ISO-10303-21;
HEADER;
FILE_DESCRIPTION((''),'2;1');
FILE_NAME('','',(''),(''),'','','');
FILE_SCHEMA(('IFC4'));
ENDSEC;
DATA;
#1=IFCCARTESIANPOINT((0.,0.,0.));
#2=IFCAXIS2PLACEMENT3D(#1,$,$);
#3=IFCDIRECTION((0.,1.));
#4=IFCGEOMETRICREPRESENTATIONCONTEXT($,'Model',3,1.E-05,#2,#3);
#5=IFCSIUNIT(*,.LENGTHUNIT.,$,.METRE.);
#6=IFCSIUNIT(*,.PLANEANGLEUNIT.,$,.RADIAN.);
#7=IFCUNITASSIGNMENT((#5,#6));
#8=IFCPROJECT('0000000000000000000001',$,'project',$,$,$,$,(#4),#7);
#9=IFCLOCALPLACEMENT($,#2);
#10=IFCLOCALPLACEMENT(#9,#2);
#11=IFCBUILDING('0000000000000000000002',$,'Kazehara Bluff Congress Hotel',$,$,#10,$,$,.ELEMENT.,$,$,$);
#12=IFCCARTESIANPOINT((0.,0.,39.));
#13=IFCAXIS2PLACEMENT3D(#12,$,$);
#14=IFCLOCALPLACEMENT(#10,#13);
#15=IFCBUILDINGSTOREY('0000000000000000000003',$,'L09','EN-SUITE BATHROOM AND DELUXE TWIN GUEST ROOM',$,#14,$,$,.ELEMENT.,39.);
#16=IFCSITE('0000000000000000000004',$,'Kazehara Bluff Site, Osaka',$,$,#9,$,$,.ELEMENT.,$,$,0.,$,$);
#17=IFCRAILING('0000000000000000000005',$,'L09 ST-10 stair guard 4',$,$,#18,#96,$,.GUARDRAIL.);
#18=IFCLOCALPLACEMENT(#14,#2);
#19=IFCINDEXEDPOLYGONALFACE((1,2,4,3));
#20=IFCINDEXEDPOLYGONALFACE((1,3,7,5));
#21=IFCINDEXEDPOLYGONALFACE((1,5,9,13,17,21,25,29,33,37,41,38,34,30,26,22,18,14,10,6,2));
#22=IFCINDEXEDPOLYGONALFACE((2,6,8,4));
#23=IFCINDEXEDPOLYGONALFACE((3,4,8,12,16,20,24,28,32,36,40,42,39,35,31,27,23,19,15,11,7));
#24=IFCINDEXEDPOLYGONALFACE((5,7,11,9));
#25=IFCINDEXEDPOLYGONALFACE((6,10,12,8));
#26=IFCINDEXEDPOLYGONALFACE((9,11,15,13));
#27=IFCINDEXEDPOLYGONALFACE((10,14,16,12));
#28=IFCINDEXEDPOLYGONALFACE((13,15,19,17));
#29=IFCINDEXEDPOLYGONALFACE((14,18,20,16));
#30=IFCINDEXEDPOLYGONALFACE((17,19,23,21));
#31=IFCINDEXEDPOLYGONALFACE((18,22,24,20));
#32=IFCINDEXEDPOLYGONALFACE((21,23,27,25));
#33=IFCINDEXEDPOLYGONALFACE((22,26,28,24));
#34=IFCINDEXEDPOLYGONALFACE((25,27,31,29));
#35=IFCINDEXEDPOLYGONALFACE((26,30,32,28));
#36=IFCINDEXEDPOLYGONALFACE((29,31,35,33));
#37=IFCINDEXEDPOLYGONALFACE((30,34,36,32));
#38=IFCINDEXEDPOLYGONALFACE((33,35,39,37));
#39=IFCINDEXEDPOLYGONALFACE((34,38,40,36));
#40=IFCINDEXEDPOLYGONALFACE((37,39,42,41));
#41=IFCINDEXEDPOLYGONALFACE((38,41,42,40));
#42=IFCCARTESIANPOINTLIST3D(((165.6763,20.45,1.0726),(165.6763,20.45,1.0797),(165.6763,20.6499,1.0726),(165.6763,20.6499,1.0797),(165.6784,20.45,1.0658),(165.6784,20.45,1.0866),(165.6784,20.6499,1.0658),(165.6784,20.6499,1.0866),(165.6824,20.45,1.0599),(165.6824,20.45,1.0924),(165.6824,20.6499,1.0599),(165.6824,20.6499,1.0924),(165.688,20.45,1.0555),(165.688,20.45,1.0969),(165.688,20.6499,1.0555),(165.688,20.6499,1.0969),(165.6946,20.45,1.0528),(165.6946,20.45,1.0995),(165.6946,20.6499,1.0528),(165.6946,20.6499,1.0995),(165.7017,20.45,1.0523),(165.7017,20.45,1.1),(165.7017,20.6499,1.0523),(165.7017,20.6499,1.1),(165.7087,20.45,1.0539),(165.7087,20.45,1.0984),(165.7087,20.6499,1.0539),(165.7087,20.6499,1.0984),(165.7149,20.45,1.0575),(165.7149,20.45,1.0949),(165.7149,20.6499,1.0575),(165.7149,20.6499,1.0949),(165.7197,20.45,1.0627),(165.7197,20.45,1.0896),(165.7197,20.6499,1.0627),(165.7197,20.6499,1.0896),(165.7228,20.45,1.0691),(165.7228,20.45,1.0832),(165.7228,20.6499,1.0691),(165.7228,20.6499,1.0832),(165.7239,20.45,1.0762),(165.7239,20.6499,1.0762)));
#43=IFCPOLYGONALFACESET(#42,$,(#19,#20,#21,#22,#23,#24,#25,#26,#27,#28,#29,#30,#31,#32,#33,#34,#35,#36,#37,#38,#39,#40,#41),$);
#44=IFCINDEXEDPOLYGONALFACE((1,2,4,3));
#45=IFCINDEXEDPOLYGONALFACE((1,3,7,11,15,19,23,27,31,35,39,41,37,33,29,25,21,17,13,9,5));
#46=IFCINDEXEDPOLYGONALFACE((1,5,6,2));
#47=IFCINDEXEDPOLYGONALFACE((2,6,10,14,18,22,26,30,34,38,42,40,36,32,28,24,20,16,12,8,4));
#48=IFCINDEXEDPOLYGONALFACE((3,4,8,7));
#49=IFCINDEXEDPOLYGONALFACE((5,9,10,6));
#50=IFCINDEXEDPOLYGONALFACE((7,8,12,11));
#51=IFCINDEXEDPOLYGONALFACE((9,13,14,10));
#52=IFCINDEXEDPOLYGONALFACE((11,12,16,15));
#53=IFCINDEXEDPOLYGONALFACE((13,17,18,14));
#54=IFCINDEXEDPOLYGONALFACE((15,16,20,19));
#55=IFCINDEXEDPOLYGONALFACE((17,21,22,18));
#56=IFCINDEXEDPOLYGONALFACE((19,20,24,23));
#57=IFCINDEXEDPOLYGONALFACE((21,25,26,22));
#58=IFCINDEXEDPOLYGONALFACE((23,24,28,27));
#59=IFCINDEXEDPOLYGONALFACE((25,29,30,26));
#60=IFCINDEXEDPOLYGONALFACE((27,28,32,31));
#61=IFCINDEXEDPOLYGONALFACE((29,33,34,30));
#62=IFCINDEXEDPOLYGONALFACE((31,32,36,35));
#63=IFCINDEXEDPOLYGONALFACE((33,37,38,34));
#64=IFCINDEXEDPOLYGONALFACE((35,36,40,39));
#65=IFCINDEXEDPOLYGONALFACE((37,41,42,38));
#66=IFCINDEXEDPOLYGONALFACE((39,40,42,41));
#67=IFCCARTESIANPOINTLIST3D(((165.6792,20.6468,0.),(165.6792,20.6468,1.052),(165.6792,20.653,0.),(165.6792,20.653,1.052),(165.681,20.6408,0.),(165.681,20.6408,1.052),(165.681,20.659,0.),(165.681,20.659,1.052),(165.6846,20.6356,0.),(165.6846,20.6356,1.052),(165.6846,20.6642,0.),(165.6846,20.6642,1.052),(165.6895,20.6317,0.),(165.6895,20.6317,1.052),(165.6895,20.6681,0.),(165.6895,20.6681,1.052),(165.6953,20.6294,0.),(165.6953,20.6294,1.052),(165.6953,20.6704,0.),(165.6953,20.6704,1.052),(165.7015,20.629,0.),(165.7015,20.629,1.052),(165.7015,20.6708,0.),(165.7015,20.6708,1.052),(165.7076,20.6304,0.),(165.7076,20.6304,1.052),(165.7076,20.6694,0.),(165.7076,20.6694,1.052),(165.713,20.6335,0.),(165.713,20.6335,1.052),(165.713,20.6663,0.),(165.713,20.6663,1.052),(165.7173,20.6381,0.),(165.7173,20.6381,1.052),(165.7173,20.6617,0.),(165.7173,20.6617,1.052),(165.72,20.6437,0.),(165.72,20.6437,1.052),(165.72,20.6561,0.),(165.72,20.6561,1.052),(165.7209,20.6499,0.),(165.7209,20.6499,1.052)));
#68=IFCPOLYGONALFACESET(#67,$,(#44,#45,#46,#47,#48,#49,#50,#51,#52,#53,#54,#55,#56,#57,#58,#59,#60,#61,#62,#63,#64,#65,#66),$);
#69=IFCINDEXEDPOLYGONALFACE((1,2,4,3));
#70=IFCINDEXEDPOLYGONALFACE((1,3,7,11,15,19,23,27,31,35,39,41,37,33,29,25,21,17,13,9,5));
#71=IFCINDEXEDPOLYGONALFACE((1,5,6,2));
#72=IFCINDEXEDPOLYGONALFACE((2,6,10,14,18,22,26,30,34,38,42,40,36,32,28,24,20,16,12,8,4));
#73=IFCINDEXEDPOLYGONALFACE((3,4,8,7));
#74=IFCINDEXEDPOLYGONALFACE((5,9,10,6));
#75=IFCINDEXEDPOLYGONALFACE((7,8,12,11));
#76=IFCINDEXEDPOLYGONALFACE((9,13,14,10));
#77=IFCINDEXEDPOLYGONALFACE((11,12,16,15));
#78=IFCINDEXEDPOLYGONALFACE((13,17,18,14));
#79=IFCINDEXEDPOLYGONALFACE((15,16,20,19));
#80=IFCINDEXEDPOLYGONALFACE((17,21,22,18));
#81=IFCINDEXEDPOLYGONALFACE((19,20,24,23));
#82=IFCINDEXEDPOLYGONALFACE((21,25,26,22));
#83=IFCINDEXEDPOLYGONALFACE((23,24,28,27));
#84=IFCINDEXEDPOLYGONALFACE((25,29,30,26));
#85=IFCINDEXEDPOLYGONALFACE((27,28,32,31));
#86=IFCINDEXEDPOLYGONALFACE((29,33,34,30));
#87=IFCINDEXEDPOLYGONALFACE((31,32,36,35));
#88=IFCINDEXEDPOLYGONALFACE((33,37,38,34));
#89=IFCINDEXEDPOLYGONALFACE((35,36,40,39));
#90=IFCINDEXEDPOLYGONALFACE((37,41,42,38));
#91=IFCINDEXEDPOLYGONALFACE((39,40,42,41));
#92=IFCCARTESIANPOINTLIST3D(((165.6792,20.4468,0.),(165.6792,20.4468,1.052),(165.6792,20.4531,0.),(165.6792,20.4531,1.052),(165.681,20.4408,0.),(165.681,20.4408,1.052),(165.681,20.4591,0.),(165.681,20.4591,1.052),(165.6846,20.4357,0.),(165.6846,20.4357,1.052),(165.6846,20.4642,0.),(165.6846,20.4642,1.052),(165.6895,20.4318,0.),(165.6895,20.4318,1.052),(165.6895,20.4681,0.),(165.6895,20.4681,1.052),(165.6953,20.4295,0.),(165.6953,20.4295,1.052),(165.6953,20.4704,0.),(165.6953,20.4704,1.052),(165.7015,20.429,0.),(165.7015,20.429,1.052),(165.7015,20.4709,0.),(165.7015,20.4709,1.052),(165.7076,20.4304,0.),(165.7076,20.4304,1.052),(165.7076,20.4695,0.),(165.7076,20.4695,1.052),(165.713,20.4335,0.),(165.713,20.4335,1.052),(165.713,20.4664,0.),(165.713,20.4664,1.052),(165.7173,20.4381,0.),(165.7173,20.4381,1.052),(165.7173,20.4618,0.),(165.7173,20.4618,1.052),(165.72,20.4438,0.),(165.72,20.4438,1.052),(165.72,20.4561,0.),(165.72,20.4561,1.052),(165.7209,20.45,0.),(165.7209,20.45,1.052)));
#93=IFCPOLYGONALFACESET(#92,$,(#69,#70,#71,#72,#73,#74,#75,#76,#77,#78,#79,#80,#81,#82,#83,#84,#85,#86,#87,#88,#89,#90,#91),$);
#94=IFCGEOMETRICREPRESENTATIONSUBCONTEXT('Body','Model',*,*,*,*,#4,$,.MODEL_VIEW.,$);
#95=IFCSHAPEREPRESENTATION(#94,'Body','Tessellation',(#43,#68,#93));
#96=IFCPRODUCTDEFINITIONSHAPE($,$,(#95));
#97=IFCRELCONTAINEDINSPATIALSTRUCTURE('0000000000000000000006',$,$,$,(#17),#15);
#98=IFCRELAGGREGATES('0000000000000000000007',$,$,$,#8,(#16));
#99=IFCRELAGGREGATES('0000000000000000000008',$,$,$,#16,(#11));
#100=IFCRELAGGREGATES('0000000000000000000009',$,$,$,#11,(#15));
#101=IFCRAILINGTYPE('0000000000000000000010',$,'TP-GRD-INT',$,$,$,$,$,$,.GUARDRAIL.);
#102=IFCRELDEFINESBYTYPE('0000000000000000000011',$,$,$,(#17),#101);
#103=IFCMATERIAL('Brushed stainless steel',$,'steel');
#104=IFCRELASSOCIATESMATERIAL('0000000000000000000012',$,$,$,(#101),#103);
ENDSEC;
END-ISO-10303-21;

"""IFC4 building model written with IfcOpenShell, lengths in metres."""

from ifc_helpers import new_model, si_unit, direction, frame, origin, origin_2d, place, context, subcontext, project, spatial, circle, extrude, material, type_object, element, save


model = new_model("IFC4")

# Units and contexts
model_context = context("Model", 3, precision=1e-05, world=origin(), true_north=direction((0.0, 1.0)))
body_context = subcontext(model_context, "Body", "Model", "MODEL_VIEW")
ifc_project = project(units=[si_unit("LENGTHUNIT", "METRE"), si_unit("PLANEANGLEUNIT", "RADIAN")], contexts=[model_context])

# Site, building, storey
site_placement = place(None, origin())
site = spatial("IfcSite", under=ifc_project, at=site_placement, Name="Kazehara Bluff Site, Osaka", CompositionType="ELEMENT", RefElevation=0.0)
building_placement = place(site_placement, origin())
building = spatial("IfcBuilding", under=site, at=building_placement, Name="Kazehara Bluff Congress Hotel", CompositionType="ELEMENT")
storey_placement = place(building_placement, frame((0.0, 0.0, 39.0)))
storey = spatial("IfcBuildingStorey", under=building, at=storey_placement, Name="L09", Description="EN-SUITE BATHROOM AND DELUXE TWIN GUEST ROOM", CompositionType="ELEMENT", Elevation=39.0)

# Railing
ifc_material_1 = material(Name="Brushed stainless steel", Category="steel")
railing_type_1 = type_object("IfcRailingType", Name="TP-GRD-INT", PredefinedType="GUARDRAIL", material=ifc_material_1)
railing_1_placement = place(storey_placement, frame((165.7, 20.6499, 0.0)))
element("IfcRailing", 1, at=railing_1_placement, inside=storey, type_object=railing_type_1, Name="L09 ST-10 stair guard 4", PredefinedType="GUARDRAIL", context=body_context, shape_type="SweptSolid", body=[
    extrude(circle(Radius=0.0239, at=origin_2d()), frame((0.0, 0.0, 1.0762), z_axis=(0.0, -1.0, 0.0), x_axis=(1.0, 0.0, 0.0)), (0.0, 0.0, 1.0), 0.2),
    extrude(circle(Radius=0.021, at=origin_2d()), origin(), (0.0, 0.0, 1.0), 1.052),
    extrude(circle(Radius=0.021, at=origin_2d()), frame((0.0, -0.2, 0.0)), (0.0, 0.0, 1.0), 1.052),
])

save(model, "model.ifc")
